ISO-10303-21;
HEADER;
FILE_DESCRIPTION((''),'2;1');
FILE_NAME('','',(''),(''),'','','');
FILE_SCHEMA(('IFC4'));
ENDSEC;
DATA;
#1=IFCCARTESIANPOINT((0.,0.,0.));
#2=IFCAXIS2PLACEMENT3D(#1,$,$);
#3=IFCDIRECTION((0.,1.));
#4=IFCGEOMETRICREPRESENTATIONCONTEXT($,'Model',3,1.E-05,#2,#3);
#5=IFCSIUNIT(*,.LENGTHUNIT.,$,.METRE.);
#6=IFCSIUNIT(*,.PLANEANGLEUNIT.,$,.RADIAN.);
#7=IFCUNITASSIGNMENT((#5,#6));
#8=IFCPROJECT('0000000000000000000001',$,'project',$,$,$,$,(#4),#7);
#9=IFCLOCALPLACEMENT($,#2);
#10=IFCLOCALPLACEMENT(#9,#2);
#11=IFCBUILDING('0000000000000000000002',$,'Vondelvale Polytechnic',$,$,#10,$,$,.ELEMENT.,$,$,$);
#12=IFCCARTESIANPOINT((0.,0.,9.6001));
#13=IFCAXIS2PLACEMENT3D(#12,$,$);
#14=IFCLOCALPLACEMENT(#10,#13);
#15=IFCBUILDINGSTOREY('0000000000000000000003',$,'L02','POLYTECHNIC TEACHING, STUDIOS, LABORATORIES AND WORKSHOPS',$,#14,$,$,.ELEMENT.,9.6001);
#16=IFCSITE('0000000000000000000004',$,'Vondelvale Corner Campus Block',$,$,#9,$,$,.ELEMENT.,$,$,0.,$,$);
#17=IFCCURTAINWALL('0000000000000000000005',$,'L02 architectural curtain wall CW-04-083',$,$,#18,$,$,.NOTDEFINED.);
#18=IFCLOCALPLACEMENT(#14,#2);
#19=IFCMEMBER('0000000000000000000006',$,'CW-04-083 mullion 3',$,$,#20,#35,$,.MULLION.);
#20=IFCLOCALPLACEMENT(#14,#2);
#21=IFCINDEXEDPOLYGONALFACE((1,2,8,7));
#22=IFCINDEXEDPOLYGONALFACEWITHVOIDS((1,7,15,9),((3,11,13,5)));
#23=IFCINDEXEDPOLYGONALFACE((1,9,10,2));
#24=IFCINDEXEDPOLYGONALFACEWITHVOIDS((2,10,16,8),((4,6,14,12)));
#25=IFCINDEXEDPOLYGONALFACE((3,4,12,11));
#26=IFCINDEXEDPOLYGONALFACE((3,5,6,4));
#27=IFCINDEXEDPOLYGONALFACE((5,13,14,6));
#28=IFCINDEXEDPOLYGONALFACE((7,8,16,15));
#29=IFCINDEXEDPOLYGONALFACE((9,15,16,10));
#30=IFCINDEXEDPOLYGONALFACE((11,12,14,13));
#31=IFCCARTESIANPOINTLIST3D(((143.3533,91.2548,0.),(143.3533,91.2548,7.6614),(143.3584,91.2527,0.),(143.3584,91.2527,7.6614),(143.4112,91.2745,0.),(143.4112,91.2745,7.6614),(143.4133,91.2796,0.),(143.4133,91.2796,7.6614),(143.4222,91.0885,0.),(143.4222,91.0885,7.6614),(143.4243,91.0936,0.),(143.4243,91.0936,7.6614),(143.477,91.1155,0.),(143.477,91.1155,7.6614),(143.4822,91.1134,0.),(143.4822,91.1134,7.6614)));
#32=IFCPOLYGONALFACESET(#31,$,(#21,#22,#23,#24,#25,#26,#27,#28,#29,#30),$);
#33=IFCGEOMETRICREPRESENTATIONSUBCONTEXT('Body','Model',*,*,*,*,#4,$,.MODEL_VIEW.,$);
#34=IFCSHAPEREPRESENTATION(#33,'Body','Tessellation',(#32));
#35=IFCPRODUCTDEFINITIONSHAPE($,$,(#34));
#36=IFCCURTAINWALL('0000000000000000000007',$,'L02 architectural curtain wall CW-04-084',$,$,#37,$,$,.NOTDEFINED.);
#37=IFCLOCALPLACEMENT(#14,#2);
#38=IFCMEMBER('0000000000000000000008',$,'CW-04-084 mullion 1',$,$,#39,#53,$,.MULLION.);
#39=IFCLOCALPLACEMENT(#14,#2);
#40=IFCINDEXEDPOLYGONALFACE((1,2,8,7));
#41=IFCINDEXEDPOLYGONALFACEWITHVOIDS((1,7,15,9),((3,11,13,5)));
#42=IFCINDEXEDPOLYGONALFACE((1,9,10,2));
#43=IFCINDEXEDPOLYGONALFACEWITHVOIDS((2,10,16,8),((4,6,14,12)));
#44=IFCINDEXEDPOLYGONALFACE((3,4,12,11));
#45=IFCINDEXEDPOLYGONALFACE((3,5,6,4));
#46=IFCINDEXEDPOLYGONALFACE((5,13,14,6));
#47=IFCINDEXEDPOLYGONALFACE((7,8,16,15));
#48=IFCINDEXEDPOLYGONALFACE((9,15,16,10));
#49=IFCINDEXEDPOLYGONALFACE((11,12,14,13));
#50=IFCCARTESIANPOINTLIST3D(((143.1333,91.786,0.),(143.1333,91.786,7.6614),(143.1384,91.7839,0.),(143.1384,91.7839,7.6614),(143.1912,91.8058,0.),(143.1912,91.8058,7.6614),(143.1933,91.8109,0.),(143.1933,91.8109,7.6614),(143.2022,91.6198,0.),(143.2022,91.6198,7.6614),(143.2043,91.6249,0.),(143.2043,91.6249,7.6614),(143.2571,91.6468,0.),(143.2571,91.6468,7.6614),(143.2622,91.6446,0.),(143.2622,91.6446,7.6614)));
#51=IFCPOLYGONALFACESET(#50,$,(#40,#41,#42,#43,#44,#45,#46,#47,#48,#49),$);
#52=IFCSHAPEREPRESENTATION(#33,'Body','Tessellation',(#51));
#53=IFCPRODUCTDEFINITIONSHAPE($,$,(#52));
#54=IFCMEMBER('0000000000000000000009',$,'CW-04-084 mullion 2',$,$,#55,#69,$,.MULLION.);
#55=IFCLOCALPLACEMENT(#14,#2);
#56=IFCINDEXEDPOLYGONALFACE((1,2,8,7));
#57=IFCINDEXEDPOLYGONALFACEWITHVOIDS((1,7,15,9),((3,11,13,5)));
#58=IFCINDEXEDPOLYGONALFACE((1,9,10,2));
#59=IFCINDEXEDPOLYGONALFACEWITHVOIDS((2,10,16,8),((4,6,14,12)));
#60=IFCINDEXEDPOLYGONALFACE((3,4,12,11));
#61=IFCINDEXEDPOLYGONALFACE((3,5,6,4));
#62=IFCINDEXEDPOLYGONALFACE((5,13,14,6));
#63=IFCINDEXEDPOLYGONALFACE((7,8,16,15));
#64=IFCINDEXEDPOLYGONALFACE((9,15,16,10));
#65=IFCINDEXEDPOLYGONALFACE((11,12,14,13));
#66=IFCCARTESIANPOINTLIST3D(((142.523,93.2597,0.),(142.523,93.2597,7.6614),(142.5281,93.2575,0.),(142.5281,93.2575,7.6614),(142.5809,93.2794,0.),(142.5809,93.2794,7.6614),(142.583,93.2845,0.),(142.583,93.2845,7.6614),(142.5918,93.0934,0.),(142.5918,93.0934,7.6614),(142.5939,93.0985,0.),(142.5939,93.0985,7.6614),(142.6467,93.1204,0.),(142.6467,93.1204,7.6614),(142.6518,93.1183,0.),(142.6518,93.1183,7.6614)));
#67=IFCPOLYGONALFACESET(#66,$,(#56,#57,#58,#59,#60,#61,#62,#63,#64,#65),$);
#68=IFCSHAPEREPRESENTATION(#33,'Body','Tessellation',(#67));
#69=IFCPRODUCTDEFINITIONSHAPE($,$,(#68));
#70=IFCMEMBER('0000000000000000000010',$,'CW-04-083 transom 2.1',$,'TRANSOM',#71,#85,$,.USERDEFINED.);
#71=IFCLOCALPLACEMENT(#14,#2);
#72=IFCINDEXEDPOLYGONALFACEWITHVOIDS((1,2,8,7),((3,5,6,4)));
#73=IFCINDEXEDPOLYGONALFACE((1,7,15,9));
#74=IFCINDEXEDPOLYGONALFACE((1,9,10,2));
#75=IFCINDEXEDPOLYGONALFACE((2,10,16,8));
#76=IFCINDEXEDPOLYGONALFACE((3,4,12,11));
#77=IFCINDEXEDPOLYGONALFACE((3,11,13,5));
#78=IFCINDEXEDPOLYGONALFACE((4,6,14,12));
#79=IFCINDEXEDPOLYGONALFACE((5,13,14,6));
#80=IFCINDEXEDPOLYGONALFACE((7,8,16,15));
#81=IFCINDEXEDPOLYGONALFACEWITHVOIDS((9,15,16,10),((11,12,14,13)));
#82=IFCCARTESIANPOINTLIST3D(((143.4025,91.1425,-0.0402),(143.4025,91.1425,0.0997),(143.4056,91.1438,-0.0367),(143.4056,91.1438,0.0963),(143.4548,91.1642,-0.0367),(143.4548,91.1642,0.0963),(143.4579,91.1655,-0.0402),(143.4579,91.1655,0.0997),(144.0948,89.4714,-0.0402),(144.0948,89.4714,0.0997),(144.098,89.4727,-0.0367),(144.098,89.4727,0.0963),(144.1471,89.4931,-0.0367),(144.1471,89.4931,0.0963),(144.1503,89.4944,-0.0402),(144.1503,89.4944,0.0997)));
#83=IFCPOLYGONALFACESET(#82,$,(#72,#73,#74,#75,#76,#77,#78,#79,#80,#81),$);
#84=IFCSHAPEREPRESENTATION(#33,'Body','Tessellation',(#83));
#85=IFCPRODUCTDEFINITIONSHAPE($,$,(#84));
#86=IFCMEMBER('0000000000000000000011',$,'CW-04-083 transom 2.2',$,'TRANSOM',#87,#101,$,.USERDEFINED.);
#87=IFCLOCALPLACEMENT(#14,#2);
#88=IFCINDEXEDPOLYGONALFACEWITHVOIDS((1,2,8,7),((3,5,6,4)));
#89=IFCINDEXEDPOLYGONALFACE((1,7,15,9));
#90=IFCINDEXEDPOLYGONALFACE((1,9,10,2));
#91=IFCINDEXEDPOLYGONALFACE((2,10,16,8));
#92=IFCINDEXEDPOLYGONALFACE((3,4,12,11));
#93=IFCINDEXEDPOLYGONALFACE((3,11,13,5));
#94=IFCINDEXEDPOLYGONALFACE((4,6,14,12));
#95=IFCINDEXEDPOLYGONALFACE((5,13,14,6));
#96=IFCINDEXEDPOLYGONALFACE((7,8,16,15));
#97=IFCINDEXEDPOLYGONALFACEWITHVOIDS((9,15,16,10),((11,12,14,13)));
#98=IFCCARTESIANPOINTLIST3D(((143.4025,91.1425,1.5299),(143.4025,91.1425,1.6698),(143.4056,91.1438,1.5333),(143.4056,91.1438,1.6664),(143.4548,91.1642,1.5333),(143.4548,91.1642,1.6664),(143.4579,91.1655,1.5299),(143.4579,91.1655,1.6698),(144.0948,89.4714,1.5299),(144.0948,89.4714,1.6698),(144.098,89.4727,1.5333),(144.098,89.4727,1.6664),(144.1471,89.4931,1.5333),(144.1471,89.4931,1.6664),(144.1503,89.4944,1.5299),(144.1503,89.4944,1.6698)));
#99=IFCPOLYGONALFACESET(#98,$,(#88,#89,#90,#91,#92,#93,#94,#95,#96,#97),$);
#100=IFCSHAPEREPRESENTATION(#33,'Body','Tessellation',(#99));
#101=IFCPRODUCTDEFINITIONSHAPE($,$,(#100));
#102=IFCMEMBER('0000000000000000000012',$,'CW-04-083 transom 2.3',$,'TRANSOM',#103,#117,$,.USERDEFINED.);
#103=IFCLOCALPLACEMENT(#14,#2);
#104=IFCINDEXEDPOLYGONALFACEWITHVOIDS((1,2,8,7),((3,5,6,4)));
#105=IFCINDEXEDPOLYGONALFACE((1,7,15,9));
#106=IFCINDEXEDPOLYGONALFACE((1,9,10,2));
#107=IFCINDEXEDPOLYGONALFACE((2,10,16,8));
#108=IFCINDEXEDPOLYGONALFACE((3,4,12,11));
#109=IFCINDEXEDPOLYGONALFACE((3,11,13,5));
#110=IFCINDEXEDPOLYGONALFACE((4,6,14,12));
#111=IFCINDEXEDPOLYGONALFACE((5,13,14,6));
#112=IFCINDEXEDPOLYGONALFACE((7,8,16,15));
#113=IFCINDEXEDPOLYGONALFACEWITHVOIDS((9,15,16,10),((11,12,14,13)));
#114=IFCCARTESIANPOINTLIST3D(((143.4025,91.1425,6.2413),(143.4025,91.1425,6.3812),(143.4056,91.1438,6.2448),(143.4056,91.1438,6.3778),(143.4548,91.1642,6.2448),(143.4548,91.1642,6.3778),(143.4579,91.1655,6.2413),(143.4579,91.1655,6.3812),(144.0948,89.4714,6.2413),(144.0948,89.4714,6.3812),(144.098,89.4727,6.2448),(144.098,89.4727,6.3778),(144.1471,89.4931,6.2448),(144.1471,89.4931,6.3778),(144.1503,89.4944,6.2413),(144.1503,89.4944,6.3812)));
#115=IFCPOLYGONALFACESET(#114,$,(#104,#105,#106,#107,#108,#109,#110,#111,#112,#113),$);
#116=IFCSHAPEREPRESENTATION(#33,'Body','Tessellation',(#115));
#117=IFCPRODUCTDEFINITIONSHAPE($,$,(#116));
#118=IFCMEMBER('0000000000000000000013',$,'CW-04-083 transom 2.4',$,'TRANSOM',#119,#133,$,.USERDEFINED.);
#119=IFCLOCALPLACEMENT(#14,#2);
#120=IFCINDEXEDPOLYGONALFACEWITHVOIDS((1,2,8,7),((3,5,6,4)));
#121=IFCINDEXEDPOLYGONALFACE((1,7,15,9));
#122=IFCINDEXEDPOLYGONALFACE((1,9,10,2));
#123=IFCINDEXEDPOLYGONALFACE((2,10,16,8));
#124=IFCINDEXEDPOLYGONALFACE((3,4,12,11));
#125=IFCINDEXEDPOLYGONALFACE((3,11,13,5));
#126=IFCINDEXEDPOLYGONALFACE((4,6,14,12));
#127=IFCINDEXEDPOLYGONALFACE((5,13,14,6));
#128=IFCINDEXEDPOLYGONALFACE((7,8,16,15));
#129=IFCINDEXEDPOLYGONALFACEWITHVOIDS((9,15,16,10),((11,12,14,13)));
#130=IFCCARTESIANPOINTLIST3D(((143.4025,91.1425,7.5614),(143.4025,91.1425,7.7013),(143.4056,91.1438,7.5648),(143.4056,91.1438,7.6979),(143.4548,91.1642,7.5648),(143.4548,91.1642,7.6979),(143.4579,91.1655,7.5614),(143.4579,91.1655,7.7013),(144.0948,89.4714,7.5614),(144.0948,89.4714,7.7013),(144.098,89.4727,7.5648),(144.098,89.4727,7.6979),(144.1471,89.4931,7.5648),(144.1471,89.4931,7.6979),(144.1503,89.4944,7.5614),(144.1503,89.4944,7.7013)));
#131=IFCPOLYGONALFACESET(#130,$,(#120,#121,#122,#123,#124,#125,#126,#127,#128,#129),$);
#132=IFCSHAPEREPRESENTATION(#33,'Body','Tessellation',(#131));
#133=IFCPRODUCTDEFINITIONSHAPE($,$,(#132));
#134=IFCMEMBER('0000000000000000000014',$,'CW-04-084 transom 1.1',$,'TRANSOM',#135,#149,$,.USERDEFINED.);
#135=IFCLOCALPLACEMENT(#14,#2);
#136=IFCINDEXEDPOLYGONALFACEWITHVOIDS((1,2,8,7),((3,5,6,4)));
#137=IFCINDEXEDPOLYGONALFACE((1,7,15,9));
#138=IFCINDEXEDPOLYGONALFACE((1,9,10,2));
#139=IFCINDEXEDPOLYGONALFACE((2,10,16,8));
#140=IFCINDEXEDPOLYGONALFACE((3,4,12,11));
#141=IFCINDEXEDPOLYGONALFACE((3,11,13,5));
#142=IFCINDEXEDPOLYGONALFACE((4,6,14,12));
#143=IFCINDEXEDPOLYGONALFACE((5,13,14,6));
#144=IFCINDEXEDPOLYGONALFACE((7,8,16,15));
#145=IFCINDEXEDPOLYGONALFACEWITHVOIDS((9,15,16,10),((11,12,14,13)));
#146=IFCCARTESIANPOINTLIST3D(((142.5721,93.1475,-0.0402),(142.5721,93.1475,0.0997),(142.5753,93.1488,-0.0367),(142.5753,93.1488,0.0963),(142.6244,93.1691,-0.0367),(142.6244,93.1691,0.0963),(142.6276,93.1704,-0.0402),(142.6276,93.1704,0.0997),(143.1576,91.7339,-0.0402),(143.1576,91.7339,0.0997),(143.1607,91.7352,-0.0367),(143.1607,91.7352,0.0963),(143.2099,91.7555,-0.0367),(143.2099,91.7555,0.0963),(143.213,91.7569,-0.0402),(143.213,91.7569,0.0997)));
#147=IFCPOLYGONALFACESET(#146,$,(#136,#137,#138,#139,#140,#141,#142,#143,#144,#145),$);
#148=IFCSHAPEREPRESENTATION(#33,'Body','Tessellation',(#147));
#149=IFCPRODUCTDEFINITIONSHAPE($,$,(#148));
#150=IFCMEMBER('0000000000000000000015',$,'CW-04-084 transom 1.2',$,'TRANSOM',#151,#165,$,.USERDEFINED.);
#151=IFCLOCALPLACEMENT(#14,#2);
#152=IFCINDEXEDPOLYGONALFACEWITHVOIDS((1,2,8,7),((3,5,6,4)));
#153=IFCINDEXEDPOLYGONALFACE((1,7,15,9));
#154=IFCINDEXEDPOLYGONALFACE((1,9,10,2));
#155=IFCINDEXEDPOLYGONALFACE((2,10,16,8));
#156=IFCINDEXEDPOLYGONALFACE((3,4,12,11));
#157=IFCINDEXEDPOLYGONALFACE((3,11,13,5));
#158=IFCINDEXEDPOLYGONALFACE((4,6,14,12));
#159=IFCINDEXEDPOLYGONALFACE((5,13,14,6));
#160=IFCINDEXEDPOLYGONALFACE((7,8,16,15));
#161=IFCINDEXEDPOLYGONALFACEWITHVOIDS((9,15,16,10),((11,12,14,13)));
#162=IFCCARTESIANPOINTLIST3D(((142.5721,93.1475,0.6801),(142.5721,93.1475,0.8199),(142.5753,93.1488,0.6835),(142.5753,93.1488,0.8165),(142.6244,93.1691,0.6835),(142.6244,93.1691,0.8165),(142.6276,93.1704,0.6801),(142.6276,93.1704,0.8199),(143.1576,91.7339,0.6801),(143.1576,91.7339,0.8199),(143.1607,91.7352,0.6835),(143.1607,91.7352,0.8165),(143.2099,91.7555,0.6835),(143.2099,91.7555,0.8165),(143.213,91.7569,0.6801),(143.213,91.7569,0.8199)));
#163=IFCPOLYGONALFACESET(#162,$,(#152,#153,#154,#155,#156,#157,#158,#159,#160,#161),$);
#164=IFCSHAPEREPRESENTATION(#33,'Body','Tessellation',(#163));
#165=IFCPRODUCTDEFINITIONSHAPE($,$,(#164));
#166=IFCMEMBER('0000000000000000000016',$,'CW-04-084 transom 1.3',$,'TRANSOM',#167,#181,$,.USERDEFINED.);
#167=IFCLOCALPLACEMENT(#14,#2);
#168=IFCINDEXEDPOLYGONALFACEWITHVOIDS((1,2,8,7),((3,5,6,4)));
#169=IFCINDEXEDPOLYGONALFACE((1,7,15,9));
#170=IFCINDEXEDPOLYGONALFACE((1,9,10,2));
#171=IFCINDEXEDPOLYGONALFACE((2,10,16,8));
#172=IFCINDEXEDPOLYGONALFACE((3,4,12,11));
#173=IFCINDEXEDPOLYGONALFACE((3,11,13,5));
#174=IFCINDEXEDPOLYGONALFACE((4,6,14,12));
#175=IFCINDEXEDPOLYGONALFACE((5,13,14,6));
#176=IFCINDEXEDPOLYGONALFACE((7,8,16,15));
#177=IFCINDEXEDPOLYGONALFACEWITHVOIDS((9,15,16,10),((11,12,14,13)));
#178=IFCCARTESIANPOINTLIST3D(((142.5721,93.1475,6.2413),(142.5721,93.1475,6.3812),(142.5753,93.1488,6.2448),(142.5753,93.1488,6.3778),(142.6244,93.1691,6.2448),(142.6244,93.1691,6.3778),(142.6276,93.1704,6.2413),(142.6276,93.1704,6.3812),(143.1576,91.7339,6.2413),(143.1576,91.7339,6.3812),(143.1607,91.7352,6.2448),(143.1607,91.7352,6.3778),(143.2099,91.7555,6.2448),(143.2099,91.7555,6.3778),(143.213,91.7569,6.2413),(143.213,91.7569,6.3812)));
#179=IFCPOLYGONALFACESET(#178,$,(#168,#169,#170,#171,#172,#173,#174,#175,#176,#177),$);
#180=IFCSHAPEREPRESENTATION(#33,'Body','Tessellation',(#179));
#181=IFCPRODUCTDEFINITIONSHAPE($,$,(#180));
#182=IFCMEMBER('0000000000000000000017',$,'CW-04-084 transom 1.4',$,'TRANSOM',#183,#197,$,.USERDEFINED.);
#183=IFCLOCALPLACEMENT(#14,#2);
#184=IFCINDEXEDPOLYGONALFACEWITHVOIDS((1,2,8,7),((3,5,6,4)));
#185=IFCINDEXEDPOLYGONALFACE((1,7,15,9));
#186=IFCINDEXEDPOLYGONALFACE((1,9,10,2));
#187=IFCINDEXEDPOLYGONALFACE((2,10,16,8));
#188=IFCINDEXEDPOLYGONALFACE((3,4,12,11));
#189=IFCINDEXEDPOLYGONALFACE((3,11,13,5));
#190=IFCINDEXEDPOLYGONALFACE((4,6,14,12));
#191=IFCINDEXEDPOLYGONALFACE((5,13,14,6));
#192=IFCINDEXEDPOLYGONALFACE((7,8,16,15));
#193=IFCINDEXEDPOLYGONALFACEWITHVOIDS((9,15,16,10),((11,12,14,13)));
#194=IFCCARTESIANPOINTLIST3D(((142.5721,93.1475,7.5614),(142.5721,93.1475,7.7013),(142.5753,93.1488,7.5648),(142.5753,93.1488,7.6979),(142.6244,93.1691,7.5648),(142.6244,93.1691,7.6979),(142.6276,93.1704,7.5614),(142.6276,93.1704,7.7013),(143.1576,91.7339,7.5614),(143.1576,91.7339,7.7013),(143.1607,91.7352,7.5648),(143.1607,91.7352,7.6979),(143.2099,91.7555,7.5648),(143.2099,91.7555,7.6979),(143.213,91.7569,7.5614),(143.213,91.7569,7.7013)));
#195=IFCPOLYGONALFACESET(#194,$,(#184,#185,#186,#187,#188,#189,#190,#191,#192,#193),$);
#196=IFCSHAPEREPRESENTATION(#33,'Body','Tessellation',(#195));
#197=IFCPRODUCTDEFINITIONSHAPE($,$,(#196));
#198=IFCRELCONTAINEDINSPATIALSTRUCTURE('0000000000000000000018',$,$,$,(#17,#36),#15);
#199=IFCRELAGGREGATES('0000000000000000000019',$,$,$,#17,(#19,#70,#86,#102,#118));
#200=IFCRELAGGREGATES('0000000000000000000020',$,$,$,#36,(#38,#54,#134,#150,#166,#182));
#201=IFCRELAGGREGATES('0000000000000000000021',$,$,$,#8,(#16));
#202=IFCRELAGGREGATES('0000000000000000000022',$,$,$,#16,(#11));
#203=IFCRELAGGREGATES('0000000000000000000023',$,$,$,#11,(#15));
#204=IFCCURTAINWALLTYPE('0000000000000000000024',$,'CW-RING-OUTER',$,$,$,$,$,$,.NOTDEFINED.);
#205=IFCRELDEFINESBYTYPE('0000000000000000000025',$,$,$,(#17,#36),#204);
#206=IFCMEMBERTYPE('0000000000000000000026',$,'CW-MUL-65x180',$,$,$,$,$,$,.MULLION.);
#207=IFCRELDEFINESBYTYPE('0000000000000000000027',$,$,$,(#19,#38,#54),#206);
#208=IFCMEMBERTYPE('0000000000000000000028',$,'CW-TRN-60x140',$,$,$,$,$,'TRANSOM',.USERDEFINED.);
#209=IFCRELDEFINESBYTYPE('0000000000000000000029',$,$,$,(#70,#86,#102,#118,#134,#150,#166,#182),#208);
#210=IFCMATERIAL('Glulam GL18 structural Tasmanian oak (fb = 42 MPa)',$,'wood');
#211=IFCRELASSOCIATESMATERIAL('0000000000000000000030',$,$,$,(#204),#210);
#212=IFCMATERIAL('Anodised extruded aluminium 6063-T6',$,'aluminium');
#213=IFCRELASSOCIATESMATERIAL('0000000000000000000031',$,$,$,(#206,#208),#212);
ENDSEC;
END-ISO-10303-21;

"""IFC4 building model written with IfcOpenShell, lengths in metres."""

from ifc_helpers import new_model, si_unit, direction, frame, origin, origin_2d, place, context, subcontext, project, spatial, hollow_rectangle, extrude, material, material_profile, profile_set, type_object, element, aggregate, save


model = new_model("IFC4")

# Units and contexts
model_context = context("Model", 3, precision=1e-05, world=origin(), true_north=direction((0.0, 1.0)))
body_context = subcontext(model_context, "Body", "Model", "MODEL_VIEW")
ifc_project = project(units=[si_unit("LENGTHUNIT", "METRE"), si_unit("PLANEANGLEUNIT", "RADIAN")], contexts=[model_context])

# Site, building, storey
site_placement = place(None, origin())
site = spatial("IfcSite", under=ifc_project, at=site_placement, Name="Vondelvale Corner Campus Block", CompositionType="ELEMENT", RefElevation=0.0)
building_placement = place(site_placement, origin())
building = spatial("IfcBuilding", under=site, at=building_placement, Name="Vondelvale Polytechnic", CompositionType="ELEMENT")
storey_placement = place(building_placement, frame((0.0, 0.0, 9.6001)))
storey = spatial("IfcBuildingStorey", under=building, at=storey_placement, Name="L02", Description="POLYTECHNIC TEACHING, STUDIOS, LABORATORIES AND WORKSHOPS", CompositionType="ELEMENT", Elevation=9.6001)

# Shared definitions
ifc_material_1 = material(Name="Glulam GL18 structural Tasmanian oak (fb = 42 MPa)", Category="wood")

# Curtain walls, members
curtain_wall_type = type_object("IfcCurtainWallType", Name="CW-RING-OUTER", PredefinedType="NOTDEFINED", material=ifc_material_1)
curtain_wall_1_placement = place(storey_placement, origin())
curtain_wall_1 = element("IfcCurtainWall", 1, at=curtain_wall_1_placement, inside=storey, type_object=curtain_wall_type, Name="L02 architectural curtain wall CW-04-083", PredefinedType="NOTDEFINED")
ifc_material_2 = material(Name="Anodised extruded aluminium 6063-T6", Category="aluminium")
ifc_material_profile_1 = material_profile(ifc_material_2, hollow_rectangle(XDim=0.0649, YDim=0.1799, WallThickness=0.0039, at=origin_2d()), Name="CW-MUL-180x65")
ifc_profile_set_1 = profile_set([ifc_material_profile_1], Name="Anodised extruded aluminium 6063-T6")
member_type_1 = type_object("IfcMemberType", Name="CW-MUL-65x180", PredefinedType="MULLION", material=ifc_profile_set_1)
member_1_placement = place(storey_placement, frame((143.4177, 91.1841, 0.0), z_axis=(0.0, 0.0, 1.0), x_axis=(-0.923875, -0.382695, 0.0)))
member_1 = element("IfcMember", 2, at=member_1_placement, type_object=member_type_1, Name="CW-04-083 mullion 3", PredefinedType="MULLION", context=body_context, shape_type="SweptSolid", body=[
    extrude(hollow_rectangle(XDim=0.0649, YDim=0.1799, WallThickness=0.0039, at=origin_2d()), origin(), (0.0, 0.0, 1.0), 7.6614),
])
curtain_wall_2_placement = place(storey_placement, origin())
curtain_wall_2 = element("IfcCurtainWall", 3, at=curtain_wall_2_placement, inside=storey, type_object=curtain_wall_type, Name="L02 architectural curtain wall CW-04-084", PredefinedType="NOTDEFINED")
member_2_placement = place(storey_placement, frame((143.1978, 91.7153, 0.0), z_axis=(0.0, 0.0, 1.0), x_axis=(-0.923882, -0.382677, 0.0)))
member_2 = element("IfcMember", 4, at=member_2_placement, type_object=member_type_1, Name="CW-04-084 mullion 1", PredefinedType="MULLION", context=body_context, shape_type="SweptSolid", body=[
    extrude(hollow_rectangle(XDim=0.0649, YDim=0.1799, WallThickness=0.0039, at=origin_2d()), origin(), (0.0, 0.0, 1.0), 7.6614),
])
member_3_placement = place(storey_placement, frame((142.5874, 93.189, 0.0), z_axis=(0.0, 0.0, 1.0), x_axis=(-0.923882, -0.382677, 0.0)))
member_3 = element("IfcMember", 5, at=member_3_placement, type_object=member_type_1, Name="CW-04-084 mullion 2", PredefinedType="MULLION", context=body_context, shape_type="SweptSolid", body=[
    extrude(hollow_rectangle(XDim=0.0649, YDim=0.1799, WallThickness=0.0039, at=origin_2d()), origin(), (0.0, 0.0, 1.0), 7.6614),
])

# Members
ifc_material_profile_2 = material_profile(ifc_material_2, hollow_rectangle(XDim=0.0601, YDim=0.1399, WallThickness=0.0034, at=origin_2d()), Name="CW-TRN-140x60")
ifc_profile_set_2 = profile_set([ifc_material_profile_2], Name="Anodised extruded aluminium 6063-T6")
member_type_2 = type_object("IfcMemberType", Name="CW-TRN-60x140", ElementType="TRANSOM", PredefinedType="USERDEFINED", material=ifc_profile_set_2)
member_4_placement = place(storey_placement, frame((144.1226, 89.4829, 0.0298), z_axis=(-0.382765, 0.923846, 0.0), x_axis=(-0.923846, -0.382765, 0.0)))
member_4 = element("IfcMember", 6, at=member_4_placement, type_object=member_type_2, Name="CW-04-083 transom 2.1", ObjectType="TRANSOM", PredefinedType="USERDEFINED", context=body_context, shape_type="SweptSolid", body=[
    extrude(hollow_rectangle(XDim=0.0601, YDim=0.1399, WallThickness=0.0034, at=origin_2d()), origin(), (0.0, 0.0, 1.0), 1.8088),
])
member_5_placement = place(storey_placement, frame((144.1226, 89.4829, 1.5999), z_axis=(-0.382765, 0.923846, 0.0), x_axis=(-0.923846, -0.382765, 0.0)))
member_5 = element("IfcMember", 7, at=member_5_placement, type_object=member_type_2, Name="CW-04-083 transom 2.2", ObjectType="TRANSOM", PredefinedType="USERDEFINED", context=body_context, shape_type="SweptSolid", body=[
    extrude(hollow_rectangle(XDim=0.0601, YDim=0.1399, WallThickness=0.0034, at=origin_2d()), origin(), (0.0, 0.0, 1.0), 1.8088),
])
member_6_placement = place(storey_placement, frame((144.1226, 89.4829, 6.3113), z_axis=(-0.382765, 0.923846, 0.0), x_axis=(-0.923846, -0.382765, 0.0)))
member_6 = element("IfcMember", 8, at=member_6_placement, type_object=member_type_2, Name="CW-04-083 transom 2.3", ObjectType="TRANSOM", PredefinedType="USERDEFINED", context=body_context, shape_type="SweptSolid", body=[
    extrude(hollow_rectangle(XDim=0.0601, YDim=0.1399, WallThickness=0.0034, at=origin_2d()), origin(), (0.0, 0.0, 1.0), 1.8088),
])
member_7_placement = place(storey_placement, frame((144.1226, 89.4829, 7.6313), z_axis=(-0.382765, 0.923846, 0.0), x_axis=(-0.923846, -0.382765, 0.0)))
member_7 = element("IfcMember", 9, at=member_7_placement, type_object=member_type_2, Name="CW-04-083 transom 2.4", ObjectType="TRANSOM", PredefinedType="USERDEFINED", context=body_context, shape_type="SweptSolid", body=[
    extrude(hollow_rectangle(XDim=0.0601, YDim=0.1399, WallThickness=0.0034, at=origin_2d()), origin(), (0.0, 0.0, 1.0), 1.8088),
])
member_8_placement = place(storey_placement, frame((143.1853, 91.7454, 0.0298), z_axis=(-0.382643, 0.923896, 0.0), x_axis=(-0.923896, -0.382643, 0.0)))
member_8 = element("IfcMember", 10, at=member_8_placement, type_object=member_type_2, Name="CW-04-084 transom 1.1", ObjectType="TRANSOM", PredefinedType="USERDEFINED", context=body_context, shape_type="SweptSolid", body=[
    extrude(hollow_rectangle(XDim=0.0601, YDim=0.1399, WallThickness=0.0034, at=origin_2d()), origin(), (0.0, 0.0, 1.0), 1.53),
])
member_9_placement = place(storey_placement, frame((143.1853, 91.7454, 0.75), z_axis=(-0.382643, 0.923896, 0.0), x_axis=(-0.923896, -0.382643, 0.0)))
member_9 = element("IfcMember", 11, at=member_9_placement, type_object=member_type_2, Name="CW-04-084 transom 1.2", ObjectType="TRANSOM", PredefinedType="USERDEFINED", context=body_context, shape_type="SweptSolid", body=[
    extrude(hollow_rectangle(XDim=0.0601, YDim=0.1399, WallThickness=0.0034, at=origin_2d()), origin(), (0.0, 0.0, 1.0), 1.53),
])
member_10_placement = place(storey_placement, frame((143.1853, 91.7454, 6.3113), z_axis=(-0.382643, 0.923896, 0.0), x_axis=(-0.923896, -0.382643, 0.0)))
member_10 = element("IfcMember", 12, at=member_10_placement, type_object=member_type_2, Name="CW-04-084 transom 1.3", ObjectType="TRANSOM", PredefinedType="USERDEFINED", context=body_context, shape_type="SweptSolid", body=[
    extrude(hollow_rectangle(XDim=0.0601, YDim=0.1399, WallThickness=0.0034, at=origin_2d()), origin(), (0.0, 0.0, 1.0), 1.53),
])
member_11_placement = place(storey_placement, frame((143.1853, 91.7454, 7.6313), z_axis=(-0.382643, 0.923896, 0.0), x_axis=(-0.923896, -0.382643, 0.0)))
member_11 = element("IfcMember", 13, at=member_11_placement, type_object=member_type_2, Name="CW-04-084 transom 1.4", ObjectType="TRANSOM", PredefinedType="USERDEFINED", context=body_context, shape_type="SweptSolid", body=[
    extrude(hollow_rectangle(XDim=0.0601, YDim=0.1399, WallThickness=0.0034, at=origin_2d()), origin(), (0.0, 0.0, 1.0), 1.53),
])

aggregate(curtain_wall_1, [member_1, member_4, member_5, member_6, member_7])
aggregate(curtain_wall_2, [member_2, member_3, member_8, member_9, member_10, member_11])

save(model, "model.ifc")
